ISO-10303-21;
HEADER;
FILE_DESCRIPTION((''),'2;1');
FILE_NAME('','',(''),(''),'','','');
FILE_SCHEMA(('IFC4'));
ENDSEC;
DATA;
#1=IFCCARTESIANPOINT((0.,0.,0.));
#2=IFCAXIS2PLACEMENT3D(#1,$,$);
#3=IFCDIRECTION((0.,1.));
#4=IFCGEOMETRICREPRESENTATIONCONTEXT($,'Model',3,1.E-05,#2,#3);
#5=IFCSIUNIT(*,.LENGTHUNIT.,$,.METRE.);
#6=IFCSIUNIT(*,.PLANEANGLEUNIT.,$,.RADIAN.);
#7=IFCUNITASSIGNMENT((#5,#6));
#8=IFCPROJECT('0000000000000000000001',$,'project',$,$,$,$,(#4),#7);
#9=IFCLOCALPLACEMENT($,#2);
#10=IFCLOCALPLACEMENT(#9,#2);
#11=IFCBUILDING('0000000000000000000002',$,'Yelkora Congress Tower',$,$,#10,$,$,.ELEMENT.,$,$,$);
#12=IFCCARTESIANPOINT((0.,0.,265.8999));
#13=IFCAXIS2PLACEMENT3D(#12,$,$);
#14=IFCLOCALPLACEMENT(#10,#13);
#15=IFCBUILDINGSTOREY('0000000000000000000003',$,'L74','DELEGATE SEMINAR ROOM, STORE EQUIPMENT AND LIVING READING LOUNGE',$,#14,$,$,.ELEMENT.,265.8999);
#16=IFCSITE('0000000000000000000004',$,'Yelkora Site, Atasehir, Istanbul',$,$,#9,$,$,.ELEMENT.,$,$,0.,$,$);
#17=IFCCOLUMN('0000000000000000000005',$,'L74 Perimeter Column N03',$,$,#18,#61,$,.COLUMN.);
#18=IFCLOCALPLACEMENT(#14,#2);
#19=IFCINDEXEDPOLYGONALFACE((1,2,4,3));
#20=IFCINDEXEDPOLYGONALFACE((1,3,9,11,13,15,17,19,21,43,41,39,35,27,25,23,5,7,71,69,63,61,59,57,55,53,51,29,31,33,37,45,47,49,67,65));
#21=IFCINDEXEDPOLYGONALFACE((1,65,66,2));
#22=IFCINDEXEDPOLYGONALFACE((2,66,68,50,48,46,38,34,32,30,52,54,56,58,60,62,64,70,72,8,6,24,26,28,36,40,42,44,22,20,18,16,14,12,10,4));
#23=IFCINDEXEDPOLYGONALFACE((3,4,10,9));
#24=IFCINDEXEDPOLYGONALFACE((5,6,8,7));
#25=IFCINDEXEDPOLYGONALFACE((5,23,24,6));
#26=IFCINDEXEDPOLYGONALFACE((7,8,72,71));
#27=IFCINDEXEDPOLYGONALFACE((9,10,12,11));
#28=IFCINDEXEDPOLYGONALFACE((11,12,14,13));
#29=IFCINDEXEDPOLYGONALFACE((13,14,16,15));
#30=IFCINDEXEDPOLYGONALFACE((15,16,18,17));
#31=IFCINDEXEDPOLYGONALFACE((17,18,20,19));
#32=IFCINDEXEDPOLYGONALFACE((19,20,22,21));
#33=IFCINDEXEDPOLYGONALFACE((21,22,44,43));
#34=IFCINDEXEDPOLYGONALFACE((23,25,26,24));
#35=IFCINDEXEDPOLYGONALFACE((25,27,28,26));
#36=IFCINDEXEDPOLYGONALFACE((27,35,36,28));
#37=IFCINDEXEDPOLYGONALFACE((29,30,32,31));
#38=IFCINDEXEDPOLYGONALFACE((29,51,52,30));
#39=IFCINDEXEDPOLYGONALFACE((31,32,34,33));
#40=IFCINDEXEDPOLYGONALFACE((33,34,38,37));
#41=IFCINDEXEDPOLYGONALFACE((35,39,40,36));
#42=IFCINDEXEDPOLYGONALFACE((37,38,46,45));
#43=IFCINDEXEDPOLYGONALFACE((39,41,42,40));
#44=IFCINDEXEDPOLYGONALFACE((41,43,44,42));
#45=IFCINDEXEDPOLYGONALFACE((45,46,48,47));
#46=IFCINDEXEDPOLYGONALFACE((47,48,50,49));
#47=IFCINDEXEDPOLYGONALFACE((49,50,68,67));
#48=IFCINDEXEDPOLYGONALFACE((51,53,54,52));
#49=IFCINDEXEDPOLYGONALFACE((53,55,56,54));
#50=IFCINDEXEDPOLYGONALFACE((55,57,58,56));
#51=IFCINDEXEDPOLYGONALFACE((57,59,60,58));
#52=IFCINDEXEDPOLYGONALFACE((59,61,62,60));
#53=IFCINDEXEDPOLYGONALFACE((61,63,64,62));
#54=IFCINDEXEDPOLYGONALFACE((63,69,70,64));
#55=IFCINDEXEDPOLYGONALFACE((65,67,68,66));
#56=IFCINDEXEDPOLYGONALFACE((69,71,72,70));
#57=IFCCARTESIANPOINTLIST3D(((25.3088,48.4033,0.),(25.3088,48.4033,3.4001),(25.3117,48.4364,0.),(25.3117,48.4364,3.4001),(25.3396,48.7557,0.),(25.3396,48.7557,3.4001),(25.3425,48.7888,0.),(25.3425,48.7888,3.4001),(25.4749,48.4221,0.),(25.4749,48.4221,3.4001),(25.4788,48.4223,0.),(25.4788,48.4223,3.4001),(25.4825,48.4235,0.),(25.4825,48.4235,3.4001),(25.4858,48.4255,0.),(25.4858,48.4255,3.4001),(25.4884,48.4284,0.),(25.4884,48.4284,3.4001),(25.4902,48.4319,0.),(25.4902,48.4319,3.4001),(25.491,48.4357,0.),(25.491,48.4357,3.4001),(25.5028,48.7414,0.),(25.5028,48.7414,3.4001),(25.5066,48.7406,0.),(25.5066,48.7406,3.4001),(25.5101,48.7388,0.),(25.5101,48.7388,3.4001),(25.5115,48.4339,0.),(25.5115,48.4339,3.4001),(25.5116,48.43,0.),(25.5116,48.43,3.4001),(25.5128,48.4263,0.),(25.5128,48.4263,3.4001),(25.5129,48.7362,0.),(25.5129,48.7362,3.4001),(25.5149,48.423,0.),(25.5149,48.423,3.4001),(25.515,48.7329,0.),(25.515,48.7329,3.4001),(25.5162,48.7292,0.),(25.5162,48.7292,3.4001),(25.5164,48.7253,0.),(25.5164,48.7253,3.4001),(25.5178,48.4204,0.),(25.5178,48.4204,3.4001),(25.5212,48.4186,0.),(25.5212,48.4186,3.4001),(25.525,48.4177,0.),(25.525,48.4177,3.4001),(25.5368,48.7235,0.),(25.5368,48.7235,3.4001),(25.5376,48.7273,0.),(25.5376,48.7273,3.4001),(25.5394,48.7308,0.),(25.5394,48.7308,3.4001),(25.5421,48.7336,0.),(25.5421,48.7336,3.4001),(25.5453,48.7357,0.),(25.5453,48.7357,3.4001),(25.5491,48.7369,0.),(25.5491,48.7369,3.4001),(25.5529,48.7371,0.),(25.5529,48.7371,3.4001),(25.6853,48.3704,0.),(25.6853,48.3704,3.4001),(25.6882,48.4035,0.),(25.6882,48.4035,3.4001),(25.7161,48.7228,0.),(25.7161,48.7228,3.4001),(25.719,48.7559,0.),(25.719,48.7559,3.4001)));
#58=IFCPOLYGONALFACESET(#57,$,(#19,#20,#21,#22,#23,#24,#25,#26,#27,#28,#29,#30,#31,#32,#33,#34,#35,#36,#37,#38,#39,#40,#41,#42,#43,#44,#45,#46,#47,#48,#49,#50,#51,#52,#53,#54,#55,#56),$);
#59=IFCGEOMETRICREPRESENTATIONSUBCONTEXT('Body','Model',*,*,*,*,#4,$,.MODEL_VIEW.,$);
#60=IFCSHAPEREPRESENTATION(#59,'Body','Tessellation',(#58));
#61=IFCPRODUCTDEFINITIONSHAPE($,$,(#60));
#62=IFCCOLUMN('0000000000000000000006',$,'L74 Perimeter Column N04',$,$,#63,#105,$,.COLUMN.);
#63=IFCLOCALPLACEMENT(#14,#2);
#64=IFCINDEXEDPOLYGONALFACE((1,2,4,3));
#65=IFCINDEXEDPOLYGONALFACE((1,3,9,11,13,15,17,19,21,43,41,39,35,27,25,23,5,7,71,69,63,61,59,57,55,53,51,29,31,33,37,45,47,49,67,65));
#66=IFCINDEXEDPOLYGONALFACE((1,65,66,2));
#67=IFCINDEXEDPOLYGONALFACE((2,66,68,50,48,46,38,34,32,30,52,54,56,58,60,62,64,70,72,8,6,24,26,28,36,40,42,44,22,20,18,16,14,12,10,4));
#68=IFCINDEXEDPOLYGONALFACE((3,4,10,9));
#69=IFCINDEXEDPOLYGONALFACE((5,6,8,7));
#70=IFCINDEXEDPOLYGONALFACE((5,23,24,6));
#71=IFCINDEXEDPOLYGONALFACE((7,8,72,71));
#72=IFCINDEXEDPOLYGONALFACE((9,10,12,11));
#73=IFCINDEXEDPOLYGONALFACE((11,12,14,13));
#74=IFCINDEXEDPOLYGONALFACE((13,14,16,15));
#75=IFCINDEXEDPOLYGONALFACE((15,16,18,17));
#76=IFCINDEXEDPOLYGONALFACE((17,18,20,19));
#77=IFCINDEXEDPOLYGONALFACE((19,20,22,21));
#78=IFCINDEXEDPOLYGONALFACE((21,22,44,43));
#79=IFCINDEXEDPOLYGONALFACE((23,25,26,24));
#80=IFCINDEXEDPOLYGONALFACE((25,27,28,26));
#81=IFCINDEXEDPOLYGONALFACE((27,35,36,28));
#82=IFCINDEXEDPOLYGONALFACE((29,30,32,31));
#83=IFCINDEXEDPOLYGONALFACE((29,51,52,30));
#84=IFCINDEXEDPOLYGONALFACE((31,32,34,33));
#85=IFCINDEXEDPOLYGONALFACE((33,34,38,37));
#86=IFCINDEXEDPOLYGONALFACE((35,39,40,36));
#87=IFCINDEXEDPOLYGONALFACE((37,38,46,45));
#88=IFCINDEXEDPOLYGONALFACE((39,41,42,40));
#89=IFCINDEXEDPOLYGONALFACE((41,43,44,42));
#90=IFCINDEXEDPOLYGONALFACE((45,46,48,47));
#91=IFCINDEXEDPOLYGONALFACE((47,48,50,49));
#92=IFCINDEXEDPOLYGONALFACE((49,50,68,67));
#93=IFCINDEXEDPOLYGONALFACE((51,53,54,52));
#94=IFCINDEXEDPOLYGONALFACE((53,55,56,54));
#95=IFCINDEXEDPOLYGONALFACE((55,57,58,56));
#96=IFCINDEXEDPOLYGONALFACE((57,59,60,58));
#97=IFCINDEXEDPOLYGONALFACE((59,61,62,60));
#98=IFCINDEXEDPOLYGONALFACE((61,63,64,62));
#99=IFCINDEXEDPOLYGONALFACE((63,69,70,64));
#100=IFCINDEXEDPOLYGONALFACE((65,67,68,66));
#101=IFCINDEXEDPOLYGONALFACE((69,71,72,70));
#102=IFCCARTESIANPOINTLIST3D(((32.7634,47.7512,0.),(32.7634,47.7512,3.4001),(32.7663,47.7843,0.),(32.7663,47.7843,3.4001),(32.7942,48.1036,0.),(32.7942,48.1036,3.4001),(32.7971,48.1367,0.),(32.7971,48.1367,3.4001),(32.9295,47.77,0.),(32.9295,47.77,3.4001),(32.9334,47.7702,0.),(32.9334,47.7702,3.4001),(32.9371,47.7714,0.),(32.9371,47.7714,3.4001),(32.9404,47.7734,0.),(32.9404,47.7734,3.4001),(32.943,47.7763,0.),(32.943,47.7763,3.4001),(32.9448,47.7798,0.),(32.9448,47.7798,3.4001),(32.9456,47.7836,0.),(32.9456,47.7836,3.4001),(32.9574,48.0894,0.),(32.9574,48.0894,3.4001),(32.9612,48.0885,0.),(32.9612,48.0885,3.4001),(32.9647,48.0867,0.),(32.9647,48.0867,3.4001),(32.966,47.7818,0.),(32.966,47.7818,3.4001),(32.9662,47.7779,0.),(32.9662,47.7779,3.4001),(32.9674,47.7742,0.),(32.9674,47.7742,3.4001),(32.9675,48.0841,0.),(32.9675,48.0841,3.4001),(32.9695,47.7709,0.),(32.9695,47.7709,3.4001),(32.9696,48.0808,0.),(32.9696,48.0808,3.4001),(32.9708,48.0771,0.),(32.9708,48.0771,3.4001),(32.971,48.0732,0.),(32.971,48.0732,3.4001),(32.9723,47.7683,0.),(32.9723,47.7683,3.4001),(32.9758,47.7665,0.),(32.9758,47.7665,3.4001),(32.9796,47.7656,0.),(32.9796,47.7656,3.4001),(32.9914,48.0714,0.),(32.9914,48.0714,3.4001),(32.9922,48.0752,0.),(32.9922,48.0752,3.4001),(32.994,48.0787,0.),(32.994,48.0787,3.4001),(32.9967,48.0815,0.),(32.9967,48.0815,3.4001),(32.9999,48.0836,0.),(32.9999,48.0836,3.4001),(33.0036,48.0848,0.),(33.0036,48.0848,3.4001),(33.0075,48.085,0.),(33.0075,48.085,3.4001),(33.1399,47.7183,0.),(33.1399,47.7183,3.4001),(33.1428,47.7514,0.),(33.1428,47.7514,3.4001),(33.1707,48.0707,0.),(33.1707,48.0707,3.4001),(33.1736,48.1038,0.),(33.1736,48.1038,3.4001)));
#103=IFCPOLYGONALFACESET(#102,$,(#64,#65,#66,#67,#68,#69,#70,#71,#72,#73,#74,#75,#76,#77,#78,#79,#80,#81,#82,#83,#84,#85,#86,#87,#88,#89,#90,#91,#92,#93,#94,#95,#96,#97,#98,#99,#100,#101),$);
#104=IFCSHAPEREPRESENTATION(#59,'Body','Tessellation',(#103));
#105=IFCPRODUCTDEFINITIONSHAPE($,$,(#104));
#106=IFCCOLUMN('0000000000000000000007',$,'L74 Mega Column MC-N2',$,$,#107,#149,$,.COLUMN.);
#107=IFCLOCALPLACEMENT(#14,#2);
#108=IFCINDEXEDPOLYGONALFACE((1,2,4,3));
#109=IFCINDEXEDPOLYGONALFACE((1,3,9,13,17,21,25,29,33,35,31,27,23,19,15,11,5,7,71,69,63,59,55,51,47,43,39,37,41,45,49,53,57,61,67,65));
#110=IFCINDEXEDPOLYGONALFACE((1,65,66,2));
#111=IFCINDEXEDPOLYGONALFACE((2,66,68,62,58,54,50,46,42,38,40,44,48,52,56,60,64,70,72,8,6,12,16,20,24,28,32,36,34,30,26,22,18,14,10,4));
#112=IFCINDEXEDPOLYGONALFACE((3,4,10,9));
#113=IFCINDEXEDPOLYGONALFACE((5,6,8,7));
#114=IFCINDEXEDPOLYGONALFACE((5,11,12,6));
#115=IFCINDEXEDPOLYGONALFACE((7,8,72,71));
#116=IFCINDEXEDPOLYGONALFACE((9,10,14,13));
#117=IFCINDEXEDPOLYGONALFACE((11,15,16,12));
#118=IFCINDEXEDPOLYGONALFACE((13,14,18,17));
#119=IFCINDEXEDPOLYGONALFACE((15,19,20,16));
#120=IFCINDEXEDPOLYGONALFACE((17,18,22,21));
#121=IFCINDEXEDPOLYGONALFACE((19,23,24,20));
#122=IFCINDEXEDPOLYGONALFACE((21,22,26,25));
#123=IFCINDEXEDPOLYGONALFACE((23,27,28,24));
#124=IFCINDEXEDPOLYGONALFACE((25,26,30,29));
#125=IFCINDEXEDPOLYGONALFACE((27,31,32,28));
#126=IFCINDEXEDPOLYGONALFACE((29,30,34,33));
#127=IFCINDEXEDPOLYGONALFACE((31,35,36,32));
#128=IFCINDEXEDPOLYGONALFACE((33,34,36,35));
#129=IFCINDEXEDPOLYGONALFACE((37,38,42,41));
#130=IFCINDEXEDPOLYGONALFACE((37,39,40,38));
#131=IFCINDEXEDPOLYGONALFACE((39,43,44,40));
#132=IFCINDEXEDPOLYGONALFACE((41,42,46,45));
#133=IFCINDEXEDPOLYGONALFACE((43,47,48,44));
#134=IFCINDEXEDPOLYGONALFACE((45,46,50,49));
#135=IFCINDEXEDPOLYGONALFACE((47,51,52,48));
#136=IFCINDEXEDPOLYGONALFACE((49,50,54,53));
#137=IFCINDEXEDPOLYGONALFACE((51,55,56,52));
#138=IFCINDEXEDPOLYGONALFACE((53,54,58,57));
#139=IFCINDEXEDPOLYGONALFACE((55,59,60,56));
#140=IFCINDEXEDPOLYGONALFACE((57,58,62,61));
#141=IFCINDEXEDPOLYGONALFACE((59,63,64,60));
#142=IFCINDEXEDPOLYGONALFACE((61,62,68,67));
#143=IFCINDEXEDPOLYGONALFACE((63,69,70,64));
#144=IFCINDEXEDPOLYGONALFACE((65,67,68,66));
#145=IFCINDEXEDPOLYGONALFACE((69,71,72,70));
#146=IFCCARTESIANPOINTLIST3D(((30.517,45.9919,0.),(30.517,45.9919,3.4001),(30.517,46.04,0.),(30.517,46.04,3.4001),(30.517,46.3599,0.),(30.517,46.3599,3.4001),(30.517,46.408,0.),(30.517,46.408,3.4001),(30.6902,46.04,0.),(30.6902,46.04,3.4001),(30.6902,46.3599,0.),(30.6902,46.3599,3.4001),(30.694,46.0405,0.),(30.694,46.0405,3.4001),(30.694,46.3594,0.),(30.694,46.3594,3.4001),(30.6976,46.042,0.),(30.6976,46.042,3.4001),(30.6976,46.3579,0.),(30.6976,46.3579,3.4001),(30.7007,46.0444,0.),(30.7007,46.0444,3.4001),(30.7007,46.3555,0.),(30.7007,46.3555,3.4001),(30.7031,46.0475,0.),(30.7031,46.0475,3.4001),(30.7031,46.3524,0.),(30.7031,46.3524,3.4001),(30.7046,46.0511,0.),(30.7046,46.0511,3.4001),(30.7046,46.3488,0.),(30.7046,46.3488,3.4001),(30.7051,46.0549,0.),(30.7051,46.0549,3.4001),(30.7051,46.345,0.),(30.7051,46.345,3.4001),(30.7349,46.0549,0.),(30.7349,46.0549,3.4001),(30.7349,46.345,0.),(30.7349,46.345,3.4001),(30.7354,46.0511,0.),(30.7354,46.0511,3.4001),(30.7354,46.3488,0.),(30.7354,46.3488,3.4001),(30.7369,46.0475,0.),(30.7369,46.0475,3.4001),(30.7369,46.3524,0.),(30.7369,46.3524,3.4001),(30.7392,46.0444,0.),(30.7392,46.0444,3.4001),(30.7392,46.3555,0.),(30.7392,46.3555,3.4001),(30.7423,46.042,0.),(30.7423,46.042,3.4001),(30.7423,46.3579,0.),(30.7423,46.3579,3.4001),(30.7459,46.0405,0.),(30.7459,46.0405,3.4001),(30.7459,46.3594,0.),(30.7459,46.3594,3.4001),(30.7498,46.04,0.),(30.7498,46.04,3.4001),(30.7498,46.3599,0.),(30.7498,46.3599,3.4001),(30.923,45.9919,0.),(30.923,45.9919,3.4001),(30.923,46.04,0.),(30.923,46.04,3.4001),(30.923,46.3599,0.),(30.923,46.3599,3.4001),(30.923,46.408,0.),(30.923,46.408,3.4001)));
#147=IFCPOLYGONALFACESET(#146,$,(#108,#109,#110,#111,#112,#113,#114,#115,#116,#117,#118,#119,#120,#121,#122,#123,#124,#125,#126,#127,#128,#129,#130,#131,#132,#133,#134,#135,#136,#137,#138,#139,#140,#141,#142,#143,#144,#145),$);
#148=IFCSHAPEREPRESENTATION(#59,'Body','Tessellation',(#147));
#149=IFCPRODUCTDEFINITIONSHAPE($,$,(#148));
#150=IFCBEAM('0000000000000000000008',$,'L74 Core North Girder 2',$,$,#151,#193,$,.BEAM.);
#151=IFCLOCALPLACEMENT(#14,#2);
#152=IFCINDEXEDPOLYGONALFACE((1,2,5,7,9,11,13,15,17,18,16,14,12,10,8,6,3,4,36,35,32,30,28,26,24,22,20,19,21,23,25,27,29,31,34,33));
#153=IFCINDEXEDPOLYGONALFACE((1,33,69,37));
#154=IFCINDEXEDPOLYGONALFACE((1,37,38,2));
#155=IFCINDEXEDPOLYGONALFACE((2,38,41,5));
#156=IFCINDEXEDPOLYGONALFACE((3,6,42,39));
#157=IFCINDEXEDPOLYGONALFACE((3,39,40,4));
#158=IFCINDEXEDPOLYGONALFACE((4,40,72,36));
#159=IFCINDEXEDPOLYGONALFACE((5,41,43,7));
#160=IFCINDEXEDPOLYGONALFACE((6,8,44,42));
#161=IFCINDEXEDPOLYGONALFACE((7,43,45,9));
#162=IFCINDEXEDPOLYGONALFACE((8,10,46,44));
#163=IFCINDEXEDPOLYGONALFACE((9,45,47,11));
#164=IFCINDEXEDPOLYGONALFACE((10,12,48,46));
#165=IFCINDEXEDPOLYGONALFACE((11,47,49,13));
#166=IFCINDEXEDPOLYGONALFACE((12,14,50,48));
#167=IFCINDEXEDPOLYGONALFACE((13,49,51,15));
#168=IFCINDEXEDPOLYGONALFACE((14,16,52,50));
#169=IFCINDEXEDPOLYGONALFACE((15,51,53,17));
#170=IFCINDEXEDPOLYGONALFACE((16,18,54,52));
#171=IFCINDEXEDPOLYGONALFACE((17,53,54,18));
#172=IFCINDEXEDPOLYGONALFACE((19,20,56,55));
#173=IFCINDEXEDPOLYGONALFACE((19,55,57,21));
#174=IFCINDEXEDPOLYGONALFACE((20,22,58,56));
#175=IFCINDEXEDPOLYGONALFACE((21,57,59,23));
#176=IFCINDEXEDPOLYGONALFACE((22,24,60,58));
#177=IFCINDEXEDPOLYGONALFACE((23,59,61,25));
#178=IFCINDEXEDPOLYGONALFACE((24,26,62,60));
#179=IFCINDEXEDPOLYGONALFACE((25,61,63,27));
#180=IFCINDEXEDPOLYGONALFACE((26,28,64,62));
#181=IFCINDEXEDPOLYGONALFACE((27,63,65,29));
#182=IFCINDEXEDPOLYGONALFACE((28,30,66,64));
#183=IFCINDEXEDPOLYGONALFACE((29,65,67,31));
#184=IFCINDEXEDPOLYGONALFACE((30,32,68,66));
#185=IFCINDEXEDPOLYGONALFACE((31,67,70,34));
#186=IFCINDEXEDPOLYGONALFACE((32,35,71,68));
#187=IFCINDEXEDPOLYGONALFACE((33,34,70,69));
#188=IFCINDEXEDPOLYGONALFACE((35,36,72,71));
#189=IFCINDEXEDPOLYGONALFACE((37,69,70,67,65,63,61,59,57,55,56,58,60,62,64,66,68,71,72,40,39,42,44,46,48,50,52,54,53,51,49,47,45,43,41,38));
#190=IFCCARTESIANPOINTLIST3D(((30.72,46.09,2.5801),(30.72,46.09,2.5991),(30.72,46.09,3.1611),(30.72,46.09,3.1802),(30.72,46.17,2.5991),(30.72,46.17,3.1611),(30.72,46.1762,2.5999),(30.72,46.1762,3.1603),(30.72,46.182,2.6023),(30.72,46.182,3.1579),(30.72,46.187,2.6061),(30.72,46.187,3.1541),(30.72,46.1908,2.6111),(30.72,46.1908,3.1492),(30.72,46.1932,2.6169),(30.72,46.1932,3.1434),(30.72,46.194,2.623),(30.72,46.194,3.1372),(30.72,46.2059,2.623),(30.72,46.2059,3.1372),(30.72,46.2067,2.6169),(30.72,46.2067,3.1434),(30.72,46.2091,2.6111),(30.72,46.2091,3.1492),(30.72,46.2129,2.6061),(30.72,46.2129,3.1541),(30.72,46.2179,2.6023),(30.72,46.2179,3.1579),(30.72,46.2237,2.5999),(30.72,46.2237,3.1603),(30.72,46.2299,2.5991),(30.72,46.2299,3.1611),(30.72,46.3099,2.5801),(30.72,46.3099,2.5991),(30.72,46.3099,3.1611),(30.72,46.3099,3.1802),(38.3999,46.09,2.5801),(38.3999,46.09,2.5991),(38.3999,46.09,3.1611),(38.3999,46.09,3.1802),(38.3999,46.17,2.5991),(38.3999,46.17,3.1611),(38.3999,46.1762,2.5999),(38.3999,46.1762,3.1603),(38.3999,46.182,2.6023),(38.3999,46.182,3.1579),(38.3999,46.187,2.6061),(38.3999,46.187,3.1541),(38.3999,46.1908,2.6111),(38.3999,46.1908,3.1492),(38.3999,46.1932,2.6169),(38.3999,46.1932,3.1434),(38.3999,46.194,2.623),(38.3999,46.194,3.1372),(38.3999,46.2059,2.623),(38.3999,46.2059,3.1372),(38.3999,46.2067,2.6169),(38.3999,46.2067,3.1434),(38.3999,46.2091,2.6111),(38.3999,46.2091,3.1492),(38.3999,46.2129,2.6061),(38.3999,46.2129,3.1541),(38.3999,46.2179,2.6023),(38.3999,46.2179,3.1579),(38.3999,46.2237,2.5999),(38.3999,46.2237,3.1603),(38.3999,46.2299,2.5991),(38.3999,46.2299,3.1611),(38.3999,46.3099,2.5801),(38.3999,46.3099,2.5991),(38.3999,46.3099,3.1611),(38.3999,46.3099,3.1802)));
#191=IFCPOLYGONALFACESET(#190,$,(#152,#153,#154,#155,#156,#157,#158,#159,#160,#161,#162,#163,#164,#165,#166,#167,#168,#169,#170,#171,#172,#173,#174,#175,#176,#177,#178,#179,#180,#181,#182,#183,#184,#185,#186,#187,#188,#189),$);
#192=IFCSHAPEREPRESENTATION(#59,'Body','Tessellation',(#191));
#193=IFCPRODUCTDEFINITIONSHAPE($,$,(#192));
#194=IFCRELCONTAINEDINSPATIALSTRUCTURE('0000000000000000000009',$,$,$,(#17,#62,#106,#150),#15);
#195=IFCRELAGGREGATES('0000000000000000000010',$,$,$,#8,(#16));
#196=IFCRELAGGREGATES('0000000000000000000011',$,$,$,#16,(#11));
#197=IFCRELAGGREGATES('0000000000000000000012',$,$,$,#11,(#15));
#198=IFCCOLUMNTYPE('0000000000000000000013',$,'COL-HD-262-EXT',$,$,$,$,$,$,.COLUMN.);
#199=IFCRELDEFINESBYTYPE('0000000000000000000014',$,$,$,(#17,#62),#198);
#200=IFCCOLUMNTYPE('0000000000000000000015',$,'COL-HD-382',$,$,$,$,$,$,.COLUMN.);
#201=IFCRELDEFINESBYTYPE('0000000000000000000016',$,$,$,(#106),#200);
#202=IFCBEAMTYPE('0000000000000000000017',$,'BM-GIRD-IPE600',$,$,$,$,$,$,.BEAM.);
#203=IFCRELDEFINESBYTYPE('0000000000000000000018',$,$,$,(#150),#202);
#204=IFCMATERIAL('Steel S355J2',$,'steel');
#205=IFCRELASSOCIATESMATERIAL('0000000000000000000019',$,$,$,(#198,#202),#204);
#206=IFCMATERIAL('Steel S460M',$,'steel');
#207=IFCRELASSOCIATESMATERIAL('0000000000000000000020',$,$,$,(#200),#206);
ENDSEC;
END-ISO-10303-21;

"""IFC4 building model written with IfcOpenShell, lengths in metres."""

from ifc_helpers import new_model, si_unit, direction, frame, origin, origin_2d, place, context, subcontext, project, spatial, i_section, extrude, material, material_profile, profile_set, type_object, element, save


model = new_model("IFC4")

# Units and contexts
model_context = context("Model", 3, precision=1e-05, world=origin(), true_north=direction((0.0, 1.0)))
body_context = subcontext(model_context, "Body", "Model", "MODEL_VIEW")
ifc_project = project(units=[si_unit("LENGTHUNIT", "METRE"), si_unit("PLANEANGLEUNIT", "RADIAN")], contexts=[model_context])

# Site, building, storey
site_placement = place(None, origin())
site = spatial("IfcSite", under=ifc_project, at=site_placement, Name="Yelkora Site, Atasehir, Istanbul", CompositionType="ELEMENT", RefElevation=0.0)
building_placement = place(site_placement, origin())
building = spatial("IfcBuilding", under=site, at=building_placement, Name="Yelkora Congress Tower", CompositionType="ELEMENT")
storey_placement = place(building_placement, frame((0.0, 0.0, 265.8999)))
storey = spatial("IfcBuildingStorey", under=building, at=storey_placement, Name="L74", Description="DELEGATE SEMINAR ROOM, STORE EQUIPMENT AND LIVING READING LOUNGE", CompositionType="ELEMENT", Elevation=265.8999)

# Columns
ifc_material_1 = material(Name="Steel S355J2", Category="steel")
ifc_material_profile_1 = material_profile(ifc_material_1, i_section(OverallWidth=0.3779, OverallDepth=0.387, WebThickness=0.0205, FlangeThickness=0.0332, FilletRadius=0.0149, at=origin_2d()), Name="HD 360x262")
ifc_profile_set_1 = profile_set([ifc_material_profile_1], Name="Steel S355J2")
column_type_1 = type_object("IfcColumnType", Name="COL-HD-262-EXT", PredefinedType="COLUMN", material=ifc_profile_set_1)
for number, where, z_axis, x_axis, name in (
    (1, (25.5139, 48.5796, 0.0), (0.0, 0.0, 1.0), (0.996195, -0.087156, 0.0), "L74 Perimeter Column N03"),
    (2, (32.9685, 47.9275, 0.0), (0.0, 0.0, 1.0), (0.996195, -0.087156, 0.0), "L74 Perimeter Column N04"),
):
    element("IfcColumn", number, at=place(storey_placement, frame(where, z_axis=z_axis, x_axis=x_axis)), inside=storey, type_object=column_type_1, Name=name, PredefinedType="COLUMN", context=body_context, shape_type="SweptSolid", body=[
        extrude(i_section(OverallWidth=0.3779, OverallDepth=0.387, WebThickness=0.0205, FlangeThickness=0.0332, FilletRadius=0.0149, at=origin_2d()), origin(), (0.0, 0.0, 1.0), 3.4001),
    ])
ifc_material_2 = material(Name="Steel S460M", Category="steel")
ifc_material_profile_2 = material_profile(ifc_material_2, i_section(OverallWidth=0.406, OverallDepth=0.416, WebThickness=0.0298, FlangeThickness=0.0481, FilletRadius=0.0149, at=origin_2d()), Name="HD 400x382")
ifc_profile_set_2 = profile_set([ifc_material_profile_2], Name="Steel S460M")
column_type_2 = type_object("IfcColumnType", Name="COL-HD-382", PredefinedType="COLUMN", material=ifc_profile_set_2)
column_placement = place(storey_placement, frame((30.72, 46.2, 0.0), z_axis=(0.0, 0.0, 1.0), x_axis=(1.0, 0.0, 0.0)))
element("IfcColumn", 3, at=column_placement, inside=storey, type_object=column_type_2, Name="L74 Mega Column MC-N2", PredefinedType="COLUMN", context=body_context, shape_type="SweptSolid", body=[
    extrude(i_section(OverallWidth=0.406, OverallDepth=0.416, WebThickness=0.0298, FlangeThickness=0.0481, FilletRadius=0.0149, at=origin_2d()), origin(), (0.0, 0.0, 1.0), 3.4001),
])

# Beam
ifc_material_profile_3 = material_profile(ifc_material_1, i_section(OverallWidth=0.22, OverallDepth=0.6001, WebThickness=0.012, FlangeThickness=0.019, FilletRadius=0.0239, at=origin_2d()), Name="IPE 600")
ifc_profile_set_3 = profile_set([ifc_material_profile_3], Name="Steel S355J2")
beam_type_1 = type_object("IfcBeamType", Name="BM-GIRD-IPE600", PredefinedType="BEAM", material=ifc_profile_set_3)
beam_1_placement = place(storey_placement, frame((30.72, 46.2, 2.8801), z_axis=(1.0, 0.0, 0.0), x_axis=(0.0, 1.0, 0.0)))
element("IfcBeam", 4, at=beam_1_placement, inside=storey, type_object=beam_type_1, Name="L74 Core North Girder 2", PredefinedType="BEAM", context=body_context, shape_type="SweptSolid", body=[
    extrude(i_section(OverallWidth=0.22, OverallDepth=0.6001, WebThickness=0.012, FlangeThickness=0.019, FilletRadius=0.0239, at=origin_2d()), origin(), (0.0, 0.0, 1.0), 7.6799),
])

save(model, "model.ifc")
